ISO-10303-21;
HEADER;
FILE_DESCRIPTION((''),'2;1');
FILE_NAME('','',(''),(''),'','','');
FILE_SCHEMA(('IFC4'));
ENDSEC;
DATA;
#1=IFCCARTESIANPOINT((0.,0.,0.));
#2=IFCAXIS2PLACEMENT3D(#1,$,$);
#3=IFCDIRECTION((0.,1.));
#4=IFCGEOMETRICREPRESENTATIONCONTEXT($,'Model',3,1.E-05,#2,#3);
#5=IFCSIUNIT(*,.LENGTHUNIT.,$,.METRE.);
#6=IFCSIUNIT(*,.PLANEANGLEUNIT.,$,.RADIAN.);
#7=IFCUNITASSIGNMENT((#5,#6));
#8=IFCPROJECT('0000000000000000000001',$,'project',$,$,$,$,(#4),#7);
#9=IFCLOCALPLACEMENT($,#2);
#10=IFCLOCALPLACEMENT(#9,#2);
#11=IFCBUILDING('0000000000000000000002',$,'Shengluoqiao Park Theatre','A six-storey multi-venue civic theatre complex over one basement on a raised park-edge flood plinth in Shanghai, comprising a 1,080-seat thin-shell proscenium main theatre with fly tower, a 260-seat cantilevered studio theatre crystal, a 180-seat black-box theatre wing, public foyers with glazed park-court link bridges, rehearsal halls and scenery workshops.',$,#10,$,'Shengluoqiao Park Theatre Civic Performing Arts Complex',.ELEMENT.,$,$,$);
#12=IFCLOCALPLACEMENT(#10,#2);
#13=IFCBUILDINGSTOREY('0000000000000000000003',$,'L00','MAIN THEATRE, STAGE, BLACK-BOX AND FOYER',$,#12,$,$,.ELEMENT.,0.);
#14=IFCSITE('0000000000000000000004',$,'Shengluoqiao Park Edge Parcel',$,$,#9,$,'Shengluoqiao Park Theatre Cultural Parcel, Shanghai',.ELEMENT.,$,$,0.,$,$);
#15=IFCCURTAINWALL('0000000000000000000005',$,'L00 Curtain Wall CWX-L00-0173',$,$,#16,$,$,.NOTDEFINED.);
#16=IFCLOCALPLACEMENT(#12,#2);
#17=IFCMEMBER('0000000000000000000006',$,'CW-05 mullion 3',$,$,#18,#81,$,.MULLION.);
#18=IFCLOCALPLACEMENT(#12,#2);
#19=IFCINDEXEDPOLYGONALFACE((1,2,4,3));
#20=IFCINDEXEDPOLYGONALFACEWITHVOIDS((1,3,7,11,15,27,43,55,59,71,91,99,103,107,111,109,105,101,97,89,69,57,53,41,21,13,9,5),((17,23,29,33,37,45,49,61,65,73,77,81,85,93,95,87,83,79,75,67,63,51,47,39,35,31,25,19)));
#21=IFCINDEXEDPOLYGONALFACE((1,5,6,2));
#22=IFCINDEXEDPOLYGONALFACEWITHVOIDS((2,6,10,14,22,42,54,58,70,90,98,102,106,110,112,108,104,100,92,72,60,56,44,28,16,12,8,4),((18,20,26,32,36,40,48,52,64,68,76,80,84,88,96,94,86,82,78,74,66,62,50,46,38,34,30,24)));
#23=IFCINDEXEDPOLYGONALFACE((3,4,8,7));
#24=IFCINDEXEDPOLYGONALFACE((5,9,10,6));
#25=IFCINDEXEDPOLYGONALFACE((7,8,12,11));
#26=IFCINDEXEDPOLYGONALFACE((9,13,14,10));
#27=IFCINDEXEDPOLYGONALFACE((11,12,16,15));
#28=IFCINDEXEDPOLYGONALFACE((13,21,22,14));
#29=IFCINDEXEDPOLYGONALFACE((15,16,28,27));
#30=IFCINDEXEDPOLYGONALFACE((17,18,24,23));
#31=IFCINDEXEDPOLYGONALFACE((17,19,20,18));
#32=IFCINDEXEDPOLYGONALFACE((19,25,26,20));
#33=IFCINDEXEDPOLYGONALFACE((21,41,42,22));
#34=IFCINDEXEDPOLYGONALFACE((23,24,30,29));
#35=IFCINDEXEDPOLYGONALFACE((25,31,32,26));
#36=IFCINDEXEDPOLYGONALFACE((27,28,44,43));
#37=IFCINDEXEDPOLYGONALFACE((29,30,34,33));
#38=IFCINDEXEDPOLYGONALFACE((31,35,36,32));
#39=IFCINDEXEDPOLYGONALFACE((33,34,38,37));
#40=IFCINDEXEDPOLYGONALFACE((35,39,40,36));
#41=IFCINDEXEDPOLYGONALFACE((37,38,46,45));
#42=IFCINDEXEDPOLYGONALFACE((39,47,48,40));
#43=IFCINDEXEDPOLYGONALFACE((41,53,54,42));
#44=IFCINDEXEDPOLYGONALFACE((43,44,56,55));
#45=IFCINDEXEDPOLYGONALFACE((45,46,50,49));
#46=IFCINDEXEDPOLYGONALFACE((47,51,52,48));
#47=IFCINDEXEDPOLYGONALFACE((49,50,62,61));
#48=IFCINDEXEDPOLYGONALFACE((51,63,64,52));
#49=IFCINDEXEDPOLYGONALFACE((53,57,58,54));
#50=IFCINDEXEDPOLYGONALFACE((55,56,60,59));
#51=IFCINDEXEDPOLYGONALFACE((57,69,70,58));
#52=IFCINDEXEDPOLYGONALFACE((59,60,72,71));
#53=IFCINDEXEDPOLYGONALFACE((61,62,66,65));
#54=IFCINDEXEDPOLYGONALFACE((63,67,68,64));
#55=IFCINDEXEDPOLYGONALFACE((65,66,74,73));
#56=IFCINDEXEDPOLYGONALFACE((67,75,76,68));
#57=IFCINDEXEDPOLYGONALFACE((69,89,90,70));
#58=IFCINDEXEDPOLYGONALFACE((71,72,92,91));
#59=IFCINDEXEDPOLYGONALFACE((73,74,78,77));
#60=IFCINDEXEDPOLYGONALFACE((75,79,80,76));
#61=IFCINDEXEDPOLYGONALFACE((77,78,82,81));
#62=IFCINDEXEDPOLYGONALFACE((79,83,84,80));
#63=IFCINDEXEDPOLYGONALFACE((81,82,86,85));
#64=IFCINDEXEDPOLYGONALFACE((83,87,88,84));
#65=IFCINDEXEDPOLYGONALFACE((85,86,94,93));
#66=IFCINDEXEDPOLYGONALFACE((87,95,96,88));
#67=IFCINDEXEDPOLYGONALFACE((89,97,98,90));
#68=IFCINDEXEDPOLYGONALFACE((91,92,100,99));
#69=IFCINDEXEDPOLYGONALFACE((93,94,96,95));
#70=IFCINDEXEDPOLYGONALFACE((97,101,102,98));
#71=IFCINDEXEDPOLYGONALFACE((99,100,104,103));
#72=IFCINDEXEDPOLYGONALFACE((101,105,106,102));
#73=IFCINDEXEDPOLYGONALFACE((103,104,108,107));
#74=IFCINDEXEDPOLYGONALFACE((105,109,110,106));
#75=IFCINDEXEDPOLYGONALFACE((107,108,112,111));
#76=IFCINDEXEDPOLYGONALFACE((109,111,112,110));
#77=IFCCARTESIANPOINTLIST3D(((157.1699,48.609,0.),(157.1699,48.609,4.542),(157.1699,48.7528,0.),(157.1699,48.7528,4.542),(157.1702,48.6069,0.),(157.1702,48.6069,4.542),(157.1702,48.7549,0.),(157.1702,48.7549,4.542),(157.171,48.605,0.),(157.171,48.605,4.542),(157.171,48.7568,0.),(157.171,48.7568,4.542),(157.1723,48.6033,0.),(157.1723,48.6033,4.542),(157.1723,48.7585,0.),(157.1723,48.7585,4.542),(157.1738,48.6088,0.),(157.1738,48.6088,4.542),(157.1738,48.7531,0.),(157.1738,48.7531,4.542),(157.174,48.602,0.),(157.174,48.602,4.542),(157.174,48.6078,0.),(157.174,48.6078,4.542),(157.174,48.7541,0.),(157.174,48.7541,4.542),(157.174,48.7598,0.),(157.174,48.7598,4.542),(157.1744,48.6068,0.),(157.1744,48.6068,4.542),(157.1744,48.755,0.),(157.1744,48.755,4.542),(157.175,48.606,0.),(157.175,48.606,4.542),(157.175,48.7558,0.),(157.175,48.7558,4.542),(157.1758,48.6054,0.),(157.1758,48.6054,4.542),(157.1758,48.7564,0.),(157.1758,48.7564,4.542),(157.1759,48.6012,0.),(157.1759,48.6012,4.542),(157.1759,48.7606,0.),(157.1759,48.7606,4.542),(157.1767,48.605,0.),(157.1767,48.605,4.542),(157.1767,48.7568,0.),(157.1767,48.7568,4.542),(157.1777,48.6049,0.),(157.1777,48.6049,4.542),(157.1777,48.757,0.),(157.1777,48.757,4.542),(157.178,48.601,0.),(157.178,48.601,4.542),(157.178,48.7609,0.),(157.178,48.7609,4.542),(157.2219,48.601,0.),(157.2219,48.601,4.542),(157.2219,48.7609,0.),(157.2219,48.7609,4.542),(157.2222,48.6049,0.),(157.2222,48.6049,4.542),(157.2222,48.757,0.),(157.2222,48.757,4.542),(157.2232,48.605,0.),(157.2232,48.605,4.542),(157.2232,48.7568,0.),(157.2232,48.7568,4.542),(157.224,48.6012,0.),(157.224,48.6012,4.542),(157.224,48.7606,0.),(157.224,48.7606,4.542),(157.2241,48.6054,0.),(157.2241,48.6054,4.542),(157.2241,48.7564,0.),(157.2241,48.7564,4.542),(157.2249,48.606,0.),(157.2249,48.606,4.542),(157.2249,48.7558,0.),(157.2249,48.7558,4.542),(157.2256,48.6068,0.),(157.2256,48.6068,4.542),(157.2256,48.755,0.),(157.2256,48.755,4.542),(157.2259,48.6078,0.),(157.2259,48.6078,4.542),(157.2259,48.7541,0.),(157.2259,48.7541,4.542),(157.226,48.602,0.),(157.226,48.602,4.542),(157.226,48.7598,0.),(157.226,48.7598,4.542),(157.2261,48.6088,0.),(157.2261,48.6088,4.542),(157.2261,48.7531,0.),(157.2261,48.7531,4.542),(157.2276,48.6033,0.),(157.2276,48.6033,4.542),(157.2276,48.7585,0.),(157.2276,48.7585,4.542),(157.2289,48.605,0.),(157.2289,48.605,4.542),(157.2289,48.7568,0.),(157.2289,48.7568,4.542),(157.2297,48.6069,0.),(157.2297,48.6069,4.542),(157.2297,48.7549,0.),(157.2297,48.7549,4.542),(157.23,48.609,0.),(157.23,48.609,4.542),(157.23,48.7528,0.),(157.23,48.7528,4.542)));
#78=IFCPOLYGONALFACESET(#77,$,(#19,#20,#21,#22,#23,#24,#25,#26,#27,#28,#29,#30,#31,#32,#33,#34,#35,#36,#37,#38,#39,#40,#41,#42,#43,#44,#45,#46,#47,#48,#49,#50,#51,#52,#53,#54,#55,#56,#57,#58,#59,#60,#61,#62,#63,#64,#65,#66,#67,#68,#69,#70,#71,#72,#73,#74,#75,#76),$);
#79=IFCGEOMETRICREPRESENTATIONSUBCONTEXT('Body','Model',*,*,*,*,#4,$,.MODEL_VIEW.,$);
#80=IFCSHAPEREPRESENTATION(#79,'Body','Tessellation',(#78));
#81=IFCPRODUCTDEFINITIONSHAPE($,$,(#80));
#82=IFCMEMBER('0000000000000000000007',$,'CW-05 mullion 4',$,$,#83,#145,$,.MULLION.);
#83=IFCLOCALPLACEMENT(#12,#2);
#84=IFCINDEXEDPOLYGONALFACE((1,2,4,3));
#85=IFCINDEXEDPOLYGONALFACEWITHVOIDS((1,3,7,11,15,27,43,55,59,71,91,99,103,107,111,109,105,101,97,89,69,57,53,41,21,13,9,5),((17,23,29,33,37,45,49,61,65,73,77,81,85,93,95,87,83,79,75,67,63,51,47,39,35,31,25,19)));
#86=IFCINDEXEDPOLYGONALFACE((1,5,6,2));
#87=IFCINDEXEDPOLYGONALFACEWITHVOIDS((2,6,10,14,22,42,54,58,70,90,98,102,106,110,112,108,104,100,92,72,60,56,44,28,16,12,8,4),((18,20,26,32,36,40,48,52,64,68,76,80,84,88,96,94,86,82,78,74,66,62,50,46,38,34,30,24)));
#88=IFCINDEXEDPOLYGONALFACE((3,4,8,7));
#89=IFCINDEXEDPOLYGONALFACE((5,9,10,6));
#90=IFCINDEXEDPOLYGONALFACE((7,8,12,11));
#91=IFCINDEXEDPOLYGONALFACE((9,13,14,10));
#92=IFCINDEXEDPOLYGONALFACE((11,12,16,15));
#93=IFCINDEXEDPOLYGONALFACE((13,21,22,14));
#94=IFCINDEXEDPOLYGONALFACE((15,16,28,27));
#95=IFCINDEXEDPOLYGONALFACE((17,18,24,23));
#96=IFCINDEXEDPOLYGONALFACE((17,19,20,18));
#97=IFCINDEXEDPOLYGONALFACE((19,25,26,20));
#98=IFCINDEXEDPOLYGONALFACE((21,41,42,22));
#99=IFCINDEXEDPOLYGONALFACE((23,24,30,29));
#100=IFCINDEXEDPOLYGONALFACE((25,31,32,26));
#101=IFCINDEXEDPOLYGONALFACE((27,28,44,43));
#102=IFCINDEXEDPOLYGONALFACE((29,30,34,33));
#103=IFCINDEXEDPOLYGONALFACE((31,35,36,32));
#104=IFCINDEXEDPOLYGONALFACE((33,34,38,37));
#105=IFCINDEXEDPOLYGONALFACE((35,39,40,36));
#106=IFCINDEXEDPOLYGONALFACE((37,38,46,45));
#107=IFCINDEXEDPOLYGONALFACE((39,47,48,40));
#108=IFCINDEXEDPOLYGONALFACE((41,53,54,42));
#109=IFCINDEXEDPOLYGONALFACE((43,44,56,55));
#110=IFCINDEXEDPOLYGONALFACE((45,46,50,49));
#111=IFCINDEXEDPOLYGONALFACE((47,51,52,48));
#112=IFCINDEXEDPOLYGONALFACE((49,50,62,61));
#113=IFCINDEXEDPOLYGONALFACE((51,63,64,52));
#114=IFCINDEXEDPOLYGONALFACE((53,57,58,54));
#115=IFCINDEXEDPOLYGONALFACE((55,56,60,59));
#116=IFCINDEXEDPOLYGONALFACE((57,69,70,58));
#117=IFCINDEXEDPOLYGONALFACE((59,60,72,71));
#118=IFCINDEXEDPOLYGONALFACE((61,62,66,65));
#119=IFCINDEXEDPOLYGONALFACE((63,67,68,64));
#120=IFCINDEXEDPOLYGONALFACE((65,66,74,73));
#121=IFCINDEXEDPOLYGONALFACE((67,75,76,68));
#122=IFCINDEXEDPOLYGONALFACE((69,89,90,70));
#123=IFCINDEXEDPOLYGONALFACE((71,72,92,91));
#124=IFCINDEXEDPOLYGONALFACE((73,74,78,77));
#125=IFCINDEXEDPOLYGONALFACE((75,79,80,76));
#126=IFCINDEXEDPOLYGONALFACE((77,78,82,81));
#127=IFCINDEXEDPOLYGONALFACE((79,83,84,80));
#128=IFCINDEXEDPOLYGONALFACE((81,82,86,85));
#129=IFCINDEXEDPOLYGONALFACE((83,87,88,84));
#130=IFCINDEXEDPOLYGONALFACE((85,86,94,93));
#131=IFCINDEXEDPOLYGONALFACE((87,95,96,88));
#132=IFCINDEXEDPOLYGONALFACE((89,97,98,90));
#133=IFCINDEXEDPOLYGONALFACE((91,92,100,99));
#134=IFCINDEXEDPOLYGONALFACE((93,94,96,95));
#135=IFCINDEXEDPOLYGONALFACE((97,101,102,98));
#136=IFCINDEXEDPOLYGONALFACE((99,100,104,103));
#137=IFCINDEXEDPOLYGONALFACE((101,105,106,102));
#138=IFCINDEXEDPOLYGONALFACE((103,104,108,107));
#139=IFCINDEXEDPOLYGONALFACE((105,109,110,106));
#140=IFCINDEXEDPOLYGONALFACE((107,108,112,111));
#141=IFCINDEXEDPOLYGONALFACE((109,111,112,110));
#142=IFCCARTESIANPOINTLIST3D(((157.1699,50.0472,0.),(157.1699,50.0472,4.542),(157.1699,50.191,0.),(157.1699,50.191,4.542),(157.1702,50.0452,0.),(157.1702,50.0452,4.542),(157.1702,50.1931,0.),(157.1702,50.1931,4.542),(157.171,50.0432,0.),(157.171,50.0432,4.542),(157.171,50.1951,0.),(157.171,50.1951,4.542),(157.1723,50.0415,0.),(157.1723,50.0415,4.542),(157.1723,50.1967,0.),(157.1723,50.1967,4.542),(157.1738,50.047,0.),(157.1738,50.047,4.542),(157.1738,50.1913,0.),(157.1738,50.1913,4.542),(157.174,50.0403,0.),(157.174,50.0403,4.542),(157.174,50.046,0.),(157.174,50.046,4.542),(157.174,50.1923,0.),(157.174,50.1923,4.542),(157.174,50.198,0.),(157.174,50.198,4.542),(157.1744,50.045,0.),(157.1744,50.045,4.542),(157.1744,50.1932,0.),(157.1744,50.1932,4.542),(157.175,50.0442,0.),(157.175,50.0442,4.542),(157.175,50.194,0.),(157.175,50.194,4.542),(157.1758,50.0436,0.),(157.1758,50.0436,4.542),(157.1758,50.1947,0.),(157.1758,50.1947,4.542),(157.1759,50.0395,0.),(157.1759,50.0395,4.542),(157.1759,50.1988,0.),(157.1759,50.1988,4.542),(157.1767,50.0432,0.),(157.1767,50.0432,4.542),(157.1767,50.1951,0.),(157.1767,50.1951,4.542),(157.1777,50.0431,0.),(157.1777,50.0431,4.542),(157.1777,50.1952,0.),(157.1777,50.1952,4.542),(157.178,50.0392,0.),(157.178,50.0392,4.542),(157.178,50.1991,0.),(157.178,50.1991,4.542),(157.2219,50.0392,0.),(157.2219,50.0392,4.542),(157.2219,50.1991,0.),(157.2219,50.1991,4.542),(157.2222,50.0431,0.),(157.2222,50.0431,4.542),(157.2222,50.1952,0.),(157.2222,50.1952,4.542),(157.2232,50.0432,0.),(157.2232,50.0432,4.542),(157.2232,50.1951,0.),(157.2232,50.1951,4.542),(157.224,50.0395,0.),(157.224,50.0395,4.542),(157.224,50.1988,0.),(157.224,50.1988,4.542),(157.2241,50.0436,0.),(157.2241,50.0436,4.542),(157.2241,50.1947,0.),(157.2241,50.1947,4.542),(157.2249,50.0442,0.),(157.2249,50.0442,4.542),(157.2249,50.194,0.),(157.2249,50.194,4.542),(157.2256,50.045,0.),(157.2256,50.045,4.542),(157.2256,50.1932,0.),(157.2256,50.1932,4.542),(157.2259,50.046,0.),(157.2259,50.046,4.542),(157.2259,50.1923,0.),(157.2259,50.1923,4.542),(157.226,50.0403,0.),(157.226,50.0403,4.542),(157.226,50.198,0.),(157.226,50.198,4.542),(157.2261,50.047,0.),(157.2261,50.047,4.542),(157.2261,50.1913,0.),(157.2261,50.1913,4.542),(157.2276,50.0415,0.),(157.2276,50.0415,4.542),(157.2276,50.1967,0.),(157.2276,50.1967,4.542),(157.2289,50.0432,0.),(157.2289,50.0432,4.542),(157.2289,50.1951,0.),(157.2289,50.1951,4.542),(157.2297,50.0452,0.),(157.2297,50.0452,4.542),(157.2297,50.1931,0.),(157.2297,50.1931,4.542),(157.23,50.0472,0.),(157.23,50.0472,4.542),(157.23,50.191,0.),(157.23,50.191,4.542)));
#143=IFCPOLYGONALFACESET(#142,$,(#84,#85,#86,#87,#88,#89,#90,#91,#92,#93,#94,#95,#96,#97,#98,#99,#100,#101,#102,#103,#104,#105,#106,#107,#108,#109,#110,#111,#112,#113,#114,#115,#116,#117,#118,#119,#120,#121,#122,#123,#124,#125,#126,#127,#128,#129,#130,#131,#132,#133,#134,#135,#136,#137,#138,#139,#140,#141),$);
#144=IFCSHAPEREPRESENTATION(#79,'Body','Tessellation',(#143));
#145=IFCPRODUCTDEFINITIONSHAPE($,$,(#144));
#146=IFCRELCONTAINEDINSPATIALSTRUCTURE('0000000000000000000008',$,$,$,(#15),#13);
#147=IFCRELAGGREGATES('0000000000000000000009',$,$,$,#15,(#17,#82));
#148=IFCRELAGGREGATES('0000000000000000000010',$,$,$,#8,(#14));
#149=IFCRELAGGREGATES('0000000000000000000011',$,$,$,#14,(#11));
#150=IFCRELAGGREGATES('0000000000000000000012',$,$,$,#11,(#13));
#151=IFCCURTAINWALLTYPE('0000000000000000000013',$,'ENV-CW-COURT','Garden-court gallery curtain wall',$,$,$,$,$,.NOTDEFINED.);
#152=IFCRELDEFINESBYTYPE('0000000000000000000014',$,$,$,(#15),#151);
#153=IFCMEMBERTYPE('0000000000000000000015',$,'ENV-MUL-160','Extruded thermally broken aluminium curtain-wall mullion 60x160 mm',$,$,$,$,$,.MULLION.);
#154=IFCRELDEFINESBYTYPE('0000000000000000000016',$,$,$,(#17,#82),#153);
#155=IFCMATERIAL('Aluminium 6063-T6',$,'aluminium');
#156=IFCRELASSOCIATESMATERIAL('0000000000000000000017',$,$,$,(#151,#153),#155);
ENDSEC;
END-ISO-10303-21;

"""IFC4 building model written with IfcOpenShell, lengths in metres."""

from ifc_helpers import new_model, si_unit, direction, frame, origin, origin_2d, place, context, subcontext, project, spatial, hollow_rectangle, extrude, material, material_profile, profile_set, type_object, element, aggregate, save


model = new_model("IFC4")

# Units and contexts
model_context = context("Model", 3, precision=1e-05, world=origin(), true_north=direction((0.0, 1.0)))
body_context = subcontext(model_context, "Body", "Model", "MODEL_VIEW")
ifc_project = project(units=[si_unit("LENGTHUNIT", "METRE"), si_unit("PLANEANGLEUNIT", "RADIAN")], contexts=[model_context])

# Site, building, storey
site_placement = place(None, origin())
site = spatial("IfcSite", under=ifc_project, at=site_placement, Name="Shengluoqiao Park Edge Parcel", LongName="Shengluoqiao Park Theatre Cultural Parcel, Shanghai", CompositionType="ELEMENT", RefElevation=0.0)
building_placement = place(site_placement, origin())
building = spatial("IfcBuilding", under=site, at=building_placement, Name="Shengluoqiao Park Theatre", Description="A six-storey multi-venue civic theatre complex over one basement on a raised park-edge flood plinth in Shanghai, comprising a 1,080-seat thin-shell proscenium main theatre with fly tower, a 260-seat cantilevered studio theatre crystal, a 180-seat black-box theatre wing, public foyers with glazed park-court link bridges, rehearsal halls and scenery workshops.", LongName="Shengluoqiao Park Theatre Civic Performing Arts Complex", CompositionType="ELEMENT")
storey_placement = place(building_placement, origin())
storey = spatial("IfcBuildingStorey", under=building, at=storey_placement, Name="L00", Description="MAIN THEATRE, STAGE, BLACK-BOX AND FOYER", CompositionType="ELEMENT", Elevation=0.0)

# Curtain wall, members
ifc_material_1 = material(Name="Aluminium 6063-T6", Category="aluminium")
curtain_wall_type = type_object("IfcCurtainWallType", Name="ENV-CW-COURT", Description="Garden-court gallery curtain wall", PredefinedType="NOTDEFINED", material=ifc_material_1)
curtain_wall_placement = place(storey_placement, origin())
curtain_wall = element("IfcCurtainWall", 1, at=curtain_wall_placement, inside=storey, type_object=curtain_wall_type, Name="L00 Curtain Wall CWX-L00-0173", PredefinedType="NOTDEFINED")
ifc_material_profile_1 = material_profile(ifc_material_1, hollow_rectangle(XDim=0.0601, YDim=0.1599, WallThickness=0.0039, InnerFilletRadius=0.0039, OuterFilletRadius=0.0081, at=origin_2d()), Name="ALU MULLION 160x60x4")
ifc_profile_set_1 = profile_set([ifc_material_profile_1], Name="Aluminium 6063-T6")
member_type_1 = type_object("IfcMemberType", Name="ENV-MUL-160", Description="Extruded thermally broken aluminium curtain-wall mullion 60x160 mm", PredefinedType="MULLION", material=ifc_profile_set_1)
member_1_placement = place(storey_placement, frame((157.2, 48.6809, 0.0), z_axis=(0.0, 0.0, 1.0), x_axis=(-1.0, 0.0, 0.0)))
member_1 = element("IfcMember", 2, at=member_1_placement, type_object=member_type_1, Name="CW-05 mullion 3", PredefinedType="MULLION", context=body_context, shape_type="SweptSolid", body=[
    extrude(hollow_rectangle(XDim=0.0601, YDim=0.1599, WallThickness=0.0039, InnerFilletRadius=0.0039, OuterFilletRadius=0.0081, at=origin_2d()), origin(), (0.0, 0.0, 1.0), 4.542),
])
member_2_placement = place(storey_placement, frame((157.2, 50.1191, 0.0), z_axis=(0.0, 0.0, 1.0), x_axis=(-1.0, 0.0, 0.0)))
member_2 = element("IfcMember", 3, at=member_2_placement, type_object=member_type_1, Name="CW-05 mullion 4", PredefinedType="MULLION", context=body_context, shape_type="SweptSolid", body=[
    extrude(hollow_rectangle(XDim=0.0601, YDim=0.1599, WallThickness=0.0039, InnerFilletRadius=0.0039, OuterFilletRadius=0.0081, at=origin_2d()), origin(), (0.0, 0.0, 1.0), 4.542),
])
aggregate(curtain_wall, [member_1, member_2])

save(model, "model.ifc")
